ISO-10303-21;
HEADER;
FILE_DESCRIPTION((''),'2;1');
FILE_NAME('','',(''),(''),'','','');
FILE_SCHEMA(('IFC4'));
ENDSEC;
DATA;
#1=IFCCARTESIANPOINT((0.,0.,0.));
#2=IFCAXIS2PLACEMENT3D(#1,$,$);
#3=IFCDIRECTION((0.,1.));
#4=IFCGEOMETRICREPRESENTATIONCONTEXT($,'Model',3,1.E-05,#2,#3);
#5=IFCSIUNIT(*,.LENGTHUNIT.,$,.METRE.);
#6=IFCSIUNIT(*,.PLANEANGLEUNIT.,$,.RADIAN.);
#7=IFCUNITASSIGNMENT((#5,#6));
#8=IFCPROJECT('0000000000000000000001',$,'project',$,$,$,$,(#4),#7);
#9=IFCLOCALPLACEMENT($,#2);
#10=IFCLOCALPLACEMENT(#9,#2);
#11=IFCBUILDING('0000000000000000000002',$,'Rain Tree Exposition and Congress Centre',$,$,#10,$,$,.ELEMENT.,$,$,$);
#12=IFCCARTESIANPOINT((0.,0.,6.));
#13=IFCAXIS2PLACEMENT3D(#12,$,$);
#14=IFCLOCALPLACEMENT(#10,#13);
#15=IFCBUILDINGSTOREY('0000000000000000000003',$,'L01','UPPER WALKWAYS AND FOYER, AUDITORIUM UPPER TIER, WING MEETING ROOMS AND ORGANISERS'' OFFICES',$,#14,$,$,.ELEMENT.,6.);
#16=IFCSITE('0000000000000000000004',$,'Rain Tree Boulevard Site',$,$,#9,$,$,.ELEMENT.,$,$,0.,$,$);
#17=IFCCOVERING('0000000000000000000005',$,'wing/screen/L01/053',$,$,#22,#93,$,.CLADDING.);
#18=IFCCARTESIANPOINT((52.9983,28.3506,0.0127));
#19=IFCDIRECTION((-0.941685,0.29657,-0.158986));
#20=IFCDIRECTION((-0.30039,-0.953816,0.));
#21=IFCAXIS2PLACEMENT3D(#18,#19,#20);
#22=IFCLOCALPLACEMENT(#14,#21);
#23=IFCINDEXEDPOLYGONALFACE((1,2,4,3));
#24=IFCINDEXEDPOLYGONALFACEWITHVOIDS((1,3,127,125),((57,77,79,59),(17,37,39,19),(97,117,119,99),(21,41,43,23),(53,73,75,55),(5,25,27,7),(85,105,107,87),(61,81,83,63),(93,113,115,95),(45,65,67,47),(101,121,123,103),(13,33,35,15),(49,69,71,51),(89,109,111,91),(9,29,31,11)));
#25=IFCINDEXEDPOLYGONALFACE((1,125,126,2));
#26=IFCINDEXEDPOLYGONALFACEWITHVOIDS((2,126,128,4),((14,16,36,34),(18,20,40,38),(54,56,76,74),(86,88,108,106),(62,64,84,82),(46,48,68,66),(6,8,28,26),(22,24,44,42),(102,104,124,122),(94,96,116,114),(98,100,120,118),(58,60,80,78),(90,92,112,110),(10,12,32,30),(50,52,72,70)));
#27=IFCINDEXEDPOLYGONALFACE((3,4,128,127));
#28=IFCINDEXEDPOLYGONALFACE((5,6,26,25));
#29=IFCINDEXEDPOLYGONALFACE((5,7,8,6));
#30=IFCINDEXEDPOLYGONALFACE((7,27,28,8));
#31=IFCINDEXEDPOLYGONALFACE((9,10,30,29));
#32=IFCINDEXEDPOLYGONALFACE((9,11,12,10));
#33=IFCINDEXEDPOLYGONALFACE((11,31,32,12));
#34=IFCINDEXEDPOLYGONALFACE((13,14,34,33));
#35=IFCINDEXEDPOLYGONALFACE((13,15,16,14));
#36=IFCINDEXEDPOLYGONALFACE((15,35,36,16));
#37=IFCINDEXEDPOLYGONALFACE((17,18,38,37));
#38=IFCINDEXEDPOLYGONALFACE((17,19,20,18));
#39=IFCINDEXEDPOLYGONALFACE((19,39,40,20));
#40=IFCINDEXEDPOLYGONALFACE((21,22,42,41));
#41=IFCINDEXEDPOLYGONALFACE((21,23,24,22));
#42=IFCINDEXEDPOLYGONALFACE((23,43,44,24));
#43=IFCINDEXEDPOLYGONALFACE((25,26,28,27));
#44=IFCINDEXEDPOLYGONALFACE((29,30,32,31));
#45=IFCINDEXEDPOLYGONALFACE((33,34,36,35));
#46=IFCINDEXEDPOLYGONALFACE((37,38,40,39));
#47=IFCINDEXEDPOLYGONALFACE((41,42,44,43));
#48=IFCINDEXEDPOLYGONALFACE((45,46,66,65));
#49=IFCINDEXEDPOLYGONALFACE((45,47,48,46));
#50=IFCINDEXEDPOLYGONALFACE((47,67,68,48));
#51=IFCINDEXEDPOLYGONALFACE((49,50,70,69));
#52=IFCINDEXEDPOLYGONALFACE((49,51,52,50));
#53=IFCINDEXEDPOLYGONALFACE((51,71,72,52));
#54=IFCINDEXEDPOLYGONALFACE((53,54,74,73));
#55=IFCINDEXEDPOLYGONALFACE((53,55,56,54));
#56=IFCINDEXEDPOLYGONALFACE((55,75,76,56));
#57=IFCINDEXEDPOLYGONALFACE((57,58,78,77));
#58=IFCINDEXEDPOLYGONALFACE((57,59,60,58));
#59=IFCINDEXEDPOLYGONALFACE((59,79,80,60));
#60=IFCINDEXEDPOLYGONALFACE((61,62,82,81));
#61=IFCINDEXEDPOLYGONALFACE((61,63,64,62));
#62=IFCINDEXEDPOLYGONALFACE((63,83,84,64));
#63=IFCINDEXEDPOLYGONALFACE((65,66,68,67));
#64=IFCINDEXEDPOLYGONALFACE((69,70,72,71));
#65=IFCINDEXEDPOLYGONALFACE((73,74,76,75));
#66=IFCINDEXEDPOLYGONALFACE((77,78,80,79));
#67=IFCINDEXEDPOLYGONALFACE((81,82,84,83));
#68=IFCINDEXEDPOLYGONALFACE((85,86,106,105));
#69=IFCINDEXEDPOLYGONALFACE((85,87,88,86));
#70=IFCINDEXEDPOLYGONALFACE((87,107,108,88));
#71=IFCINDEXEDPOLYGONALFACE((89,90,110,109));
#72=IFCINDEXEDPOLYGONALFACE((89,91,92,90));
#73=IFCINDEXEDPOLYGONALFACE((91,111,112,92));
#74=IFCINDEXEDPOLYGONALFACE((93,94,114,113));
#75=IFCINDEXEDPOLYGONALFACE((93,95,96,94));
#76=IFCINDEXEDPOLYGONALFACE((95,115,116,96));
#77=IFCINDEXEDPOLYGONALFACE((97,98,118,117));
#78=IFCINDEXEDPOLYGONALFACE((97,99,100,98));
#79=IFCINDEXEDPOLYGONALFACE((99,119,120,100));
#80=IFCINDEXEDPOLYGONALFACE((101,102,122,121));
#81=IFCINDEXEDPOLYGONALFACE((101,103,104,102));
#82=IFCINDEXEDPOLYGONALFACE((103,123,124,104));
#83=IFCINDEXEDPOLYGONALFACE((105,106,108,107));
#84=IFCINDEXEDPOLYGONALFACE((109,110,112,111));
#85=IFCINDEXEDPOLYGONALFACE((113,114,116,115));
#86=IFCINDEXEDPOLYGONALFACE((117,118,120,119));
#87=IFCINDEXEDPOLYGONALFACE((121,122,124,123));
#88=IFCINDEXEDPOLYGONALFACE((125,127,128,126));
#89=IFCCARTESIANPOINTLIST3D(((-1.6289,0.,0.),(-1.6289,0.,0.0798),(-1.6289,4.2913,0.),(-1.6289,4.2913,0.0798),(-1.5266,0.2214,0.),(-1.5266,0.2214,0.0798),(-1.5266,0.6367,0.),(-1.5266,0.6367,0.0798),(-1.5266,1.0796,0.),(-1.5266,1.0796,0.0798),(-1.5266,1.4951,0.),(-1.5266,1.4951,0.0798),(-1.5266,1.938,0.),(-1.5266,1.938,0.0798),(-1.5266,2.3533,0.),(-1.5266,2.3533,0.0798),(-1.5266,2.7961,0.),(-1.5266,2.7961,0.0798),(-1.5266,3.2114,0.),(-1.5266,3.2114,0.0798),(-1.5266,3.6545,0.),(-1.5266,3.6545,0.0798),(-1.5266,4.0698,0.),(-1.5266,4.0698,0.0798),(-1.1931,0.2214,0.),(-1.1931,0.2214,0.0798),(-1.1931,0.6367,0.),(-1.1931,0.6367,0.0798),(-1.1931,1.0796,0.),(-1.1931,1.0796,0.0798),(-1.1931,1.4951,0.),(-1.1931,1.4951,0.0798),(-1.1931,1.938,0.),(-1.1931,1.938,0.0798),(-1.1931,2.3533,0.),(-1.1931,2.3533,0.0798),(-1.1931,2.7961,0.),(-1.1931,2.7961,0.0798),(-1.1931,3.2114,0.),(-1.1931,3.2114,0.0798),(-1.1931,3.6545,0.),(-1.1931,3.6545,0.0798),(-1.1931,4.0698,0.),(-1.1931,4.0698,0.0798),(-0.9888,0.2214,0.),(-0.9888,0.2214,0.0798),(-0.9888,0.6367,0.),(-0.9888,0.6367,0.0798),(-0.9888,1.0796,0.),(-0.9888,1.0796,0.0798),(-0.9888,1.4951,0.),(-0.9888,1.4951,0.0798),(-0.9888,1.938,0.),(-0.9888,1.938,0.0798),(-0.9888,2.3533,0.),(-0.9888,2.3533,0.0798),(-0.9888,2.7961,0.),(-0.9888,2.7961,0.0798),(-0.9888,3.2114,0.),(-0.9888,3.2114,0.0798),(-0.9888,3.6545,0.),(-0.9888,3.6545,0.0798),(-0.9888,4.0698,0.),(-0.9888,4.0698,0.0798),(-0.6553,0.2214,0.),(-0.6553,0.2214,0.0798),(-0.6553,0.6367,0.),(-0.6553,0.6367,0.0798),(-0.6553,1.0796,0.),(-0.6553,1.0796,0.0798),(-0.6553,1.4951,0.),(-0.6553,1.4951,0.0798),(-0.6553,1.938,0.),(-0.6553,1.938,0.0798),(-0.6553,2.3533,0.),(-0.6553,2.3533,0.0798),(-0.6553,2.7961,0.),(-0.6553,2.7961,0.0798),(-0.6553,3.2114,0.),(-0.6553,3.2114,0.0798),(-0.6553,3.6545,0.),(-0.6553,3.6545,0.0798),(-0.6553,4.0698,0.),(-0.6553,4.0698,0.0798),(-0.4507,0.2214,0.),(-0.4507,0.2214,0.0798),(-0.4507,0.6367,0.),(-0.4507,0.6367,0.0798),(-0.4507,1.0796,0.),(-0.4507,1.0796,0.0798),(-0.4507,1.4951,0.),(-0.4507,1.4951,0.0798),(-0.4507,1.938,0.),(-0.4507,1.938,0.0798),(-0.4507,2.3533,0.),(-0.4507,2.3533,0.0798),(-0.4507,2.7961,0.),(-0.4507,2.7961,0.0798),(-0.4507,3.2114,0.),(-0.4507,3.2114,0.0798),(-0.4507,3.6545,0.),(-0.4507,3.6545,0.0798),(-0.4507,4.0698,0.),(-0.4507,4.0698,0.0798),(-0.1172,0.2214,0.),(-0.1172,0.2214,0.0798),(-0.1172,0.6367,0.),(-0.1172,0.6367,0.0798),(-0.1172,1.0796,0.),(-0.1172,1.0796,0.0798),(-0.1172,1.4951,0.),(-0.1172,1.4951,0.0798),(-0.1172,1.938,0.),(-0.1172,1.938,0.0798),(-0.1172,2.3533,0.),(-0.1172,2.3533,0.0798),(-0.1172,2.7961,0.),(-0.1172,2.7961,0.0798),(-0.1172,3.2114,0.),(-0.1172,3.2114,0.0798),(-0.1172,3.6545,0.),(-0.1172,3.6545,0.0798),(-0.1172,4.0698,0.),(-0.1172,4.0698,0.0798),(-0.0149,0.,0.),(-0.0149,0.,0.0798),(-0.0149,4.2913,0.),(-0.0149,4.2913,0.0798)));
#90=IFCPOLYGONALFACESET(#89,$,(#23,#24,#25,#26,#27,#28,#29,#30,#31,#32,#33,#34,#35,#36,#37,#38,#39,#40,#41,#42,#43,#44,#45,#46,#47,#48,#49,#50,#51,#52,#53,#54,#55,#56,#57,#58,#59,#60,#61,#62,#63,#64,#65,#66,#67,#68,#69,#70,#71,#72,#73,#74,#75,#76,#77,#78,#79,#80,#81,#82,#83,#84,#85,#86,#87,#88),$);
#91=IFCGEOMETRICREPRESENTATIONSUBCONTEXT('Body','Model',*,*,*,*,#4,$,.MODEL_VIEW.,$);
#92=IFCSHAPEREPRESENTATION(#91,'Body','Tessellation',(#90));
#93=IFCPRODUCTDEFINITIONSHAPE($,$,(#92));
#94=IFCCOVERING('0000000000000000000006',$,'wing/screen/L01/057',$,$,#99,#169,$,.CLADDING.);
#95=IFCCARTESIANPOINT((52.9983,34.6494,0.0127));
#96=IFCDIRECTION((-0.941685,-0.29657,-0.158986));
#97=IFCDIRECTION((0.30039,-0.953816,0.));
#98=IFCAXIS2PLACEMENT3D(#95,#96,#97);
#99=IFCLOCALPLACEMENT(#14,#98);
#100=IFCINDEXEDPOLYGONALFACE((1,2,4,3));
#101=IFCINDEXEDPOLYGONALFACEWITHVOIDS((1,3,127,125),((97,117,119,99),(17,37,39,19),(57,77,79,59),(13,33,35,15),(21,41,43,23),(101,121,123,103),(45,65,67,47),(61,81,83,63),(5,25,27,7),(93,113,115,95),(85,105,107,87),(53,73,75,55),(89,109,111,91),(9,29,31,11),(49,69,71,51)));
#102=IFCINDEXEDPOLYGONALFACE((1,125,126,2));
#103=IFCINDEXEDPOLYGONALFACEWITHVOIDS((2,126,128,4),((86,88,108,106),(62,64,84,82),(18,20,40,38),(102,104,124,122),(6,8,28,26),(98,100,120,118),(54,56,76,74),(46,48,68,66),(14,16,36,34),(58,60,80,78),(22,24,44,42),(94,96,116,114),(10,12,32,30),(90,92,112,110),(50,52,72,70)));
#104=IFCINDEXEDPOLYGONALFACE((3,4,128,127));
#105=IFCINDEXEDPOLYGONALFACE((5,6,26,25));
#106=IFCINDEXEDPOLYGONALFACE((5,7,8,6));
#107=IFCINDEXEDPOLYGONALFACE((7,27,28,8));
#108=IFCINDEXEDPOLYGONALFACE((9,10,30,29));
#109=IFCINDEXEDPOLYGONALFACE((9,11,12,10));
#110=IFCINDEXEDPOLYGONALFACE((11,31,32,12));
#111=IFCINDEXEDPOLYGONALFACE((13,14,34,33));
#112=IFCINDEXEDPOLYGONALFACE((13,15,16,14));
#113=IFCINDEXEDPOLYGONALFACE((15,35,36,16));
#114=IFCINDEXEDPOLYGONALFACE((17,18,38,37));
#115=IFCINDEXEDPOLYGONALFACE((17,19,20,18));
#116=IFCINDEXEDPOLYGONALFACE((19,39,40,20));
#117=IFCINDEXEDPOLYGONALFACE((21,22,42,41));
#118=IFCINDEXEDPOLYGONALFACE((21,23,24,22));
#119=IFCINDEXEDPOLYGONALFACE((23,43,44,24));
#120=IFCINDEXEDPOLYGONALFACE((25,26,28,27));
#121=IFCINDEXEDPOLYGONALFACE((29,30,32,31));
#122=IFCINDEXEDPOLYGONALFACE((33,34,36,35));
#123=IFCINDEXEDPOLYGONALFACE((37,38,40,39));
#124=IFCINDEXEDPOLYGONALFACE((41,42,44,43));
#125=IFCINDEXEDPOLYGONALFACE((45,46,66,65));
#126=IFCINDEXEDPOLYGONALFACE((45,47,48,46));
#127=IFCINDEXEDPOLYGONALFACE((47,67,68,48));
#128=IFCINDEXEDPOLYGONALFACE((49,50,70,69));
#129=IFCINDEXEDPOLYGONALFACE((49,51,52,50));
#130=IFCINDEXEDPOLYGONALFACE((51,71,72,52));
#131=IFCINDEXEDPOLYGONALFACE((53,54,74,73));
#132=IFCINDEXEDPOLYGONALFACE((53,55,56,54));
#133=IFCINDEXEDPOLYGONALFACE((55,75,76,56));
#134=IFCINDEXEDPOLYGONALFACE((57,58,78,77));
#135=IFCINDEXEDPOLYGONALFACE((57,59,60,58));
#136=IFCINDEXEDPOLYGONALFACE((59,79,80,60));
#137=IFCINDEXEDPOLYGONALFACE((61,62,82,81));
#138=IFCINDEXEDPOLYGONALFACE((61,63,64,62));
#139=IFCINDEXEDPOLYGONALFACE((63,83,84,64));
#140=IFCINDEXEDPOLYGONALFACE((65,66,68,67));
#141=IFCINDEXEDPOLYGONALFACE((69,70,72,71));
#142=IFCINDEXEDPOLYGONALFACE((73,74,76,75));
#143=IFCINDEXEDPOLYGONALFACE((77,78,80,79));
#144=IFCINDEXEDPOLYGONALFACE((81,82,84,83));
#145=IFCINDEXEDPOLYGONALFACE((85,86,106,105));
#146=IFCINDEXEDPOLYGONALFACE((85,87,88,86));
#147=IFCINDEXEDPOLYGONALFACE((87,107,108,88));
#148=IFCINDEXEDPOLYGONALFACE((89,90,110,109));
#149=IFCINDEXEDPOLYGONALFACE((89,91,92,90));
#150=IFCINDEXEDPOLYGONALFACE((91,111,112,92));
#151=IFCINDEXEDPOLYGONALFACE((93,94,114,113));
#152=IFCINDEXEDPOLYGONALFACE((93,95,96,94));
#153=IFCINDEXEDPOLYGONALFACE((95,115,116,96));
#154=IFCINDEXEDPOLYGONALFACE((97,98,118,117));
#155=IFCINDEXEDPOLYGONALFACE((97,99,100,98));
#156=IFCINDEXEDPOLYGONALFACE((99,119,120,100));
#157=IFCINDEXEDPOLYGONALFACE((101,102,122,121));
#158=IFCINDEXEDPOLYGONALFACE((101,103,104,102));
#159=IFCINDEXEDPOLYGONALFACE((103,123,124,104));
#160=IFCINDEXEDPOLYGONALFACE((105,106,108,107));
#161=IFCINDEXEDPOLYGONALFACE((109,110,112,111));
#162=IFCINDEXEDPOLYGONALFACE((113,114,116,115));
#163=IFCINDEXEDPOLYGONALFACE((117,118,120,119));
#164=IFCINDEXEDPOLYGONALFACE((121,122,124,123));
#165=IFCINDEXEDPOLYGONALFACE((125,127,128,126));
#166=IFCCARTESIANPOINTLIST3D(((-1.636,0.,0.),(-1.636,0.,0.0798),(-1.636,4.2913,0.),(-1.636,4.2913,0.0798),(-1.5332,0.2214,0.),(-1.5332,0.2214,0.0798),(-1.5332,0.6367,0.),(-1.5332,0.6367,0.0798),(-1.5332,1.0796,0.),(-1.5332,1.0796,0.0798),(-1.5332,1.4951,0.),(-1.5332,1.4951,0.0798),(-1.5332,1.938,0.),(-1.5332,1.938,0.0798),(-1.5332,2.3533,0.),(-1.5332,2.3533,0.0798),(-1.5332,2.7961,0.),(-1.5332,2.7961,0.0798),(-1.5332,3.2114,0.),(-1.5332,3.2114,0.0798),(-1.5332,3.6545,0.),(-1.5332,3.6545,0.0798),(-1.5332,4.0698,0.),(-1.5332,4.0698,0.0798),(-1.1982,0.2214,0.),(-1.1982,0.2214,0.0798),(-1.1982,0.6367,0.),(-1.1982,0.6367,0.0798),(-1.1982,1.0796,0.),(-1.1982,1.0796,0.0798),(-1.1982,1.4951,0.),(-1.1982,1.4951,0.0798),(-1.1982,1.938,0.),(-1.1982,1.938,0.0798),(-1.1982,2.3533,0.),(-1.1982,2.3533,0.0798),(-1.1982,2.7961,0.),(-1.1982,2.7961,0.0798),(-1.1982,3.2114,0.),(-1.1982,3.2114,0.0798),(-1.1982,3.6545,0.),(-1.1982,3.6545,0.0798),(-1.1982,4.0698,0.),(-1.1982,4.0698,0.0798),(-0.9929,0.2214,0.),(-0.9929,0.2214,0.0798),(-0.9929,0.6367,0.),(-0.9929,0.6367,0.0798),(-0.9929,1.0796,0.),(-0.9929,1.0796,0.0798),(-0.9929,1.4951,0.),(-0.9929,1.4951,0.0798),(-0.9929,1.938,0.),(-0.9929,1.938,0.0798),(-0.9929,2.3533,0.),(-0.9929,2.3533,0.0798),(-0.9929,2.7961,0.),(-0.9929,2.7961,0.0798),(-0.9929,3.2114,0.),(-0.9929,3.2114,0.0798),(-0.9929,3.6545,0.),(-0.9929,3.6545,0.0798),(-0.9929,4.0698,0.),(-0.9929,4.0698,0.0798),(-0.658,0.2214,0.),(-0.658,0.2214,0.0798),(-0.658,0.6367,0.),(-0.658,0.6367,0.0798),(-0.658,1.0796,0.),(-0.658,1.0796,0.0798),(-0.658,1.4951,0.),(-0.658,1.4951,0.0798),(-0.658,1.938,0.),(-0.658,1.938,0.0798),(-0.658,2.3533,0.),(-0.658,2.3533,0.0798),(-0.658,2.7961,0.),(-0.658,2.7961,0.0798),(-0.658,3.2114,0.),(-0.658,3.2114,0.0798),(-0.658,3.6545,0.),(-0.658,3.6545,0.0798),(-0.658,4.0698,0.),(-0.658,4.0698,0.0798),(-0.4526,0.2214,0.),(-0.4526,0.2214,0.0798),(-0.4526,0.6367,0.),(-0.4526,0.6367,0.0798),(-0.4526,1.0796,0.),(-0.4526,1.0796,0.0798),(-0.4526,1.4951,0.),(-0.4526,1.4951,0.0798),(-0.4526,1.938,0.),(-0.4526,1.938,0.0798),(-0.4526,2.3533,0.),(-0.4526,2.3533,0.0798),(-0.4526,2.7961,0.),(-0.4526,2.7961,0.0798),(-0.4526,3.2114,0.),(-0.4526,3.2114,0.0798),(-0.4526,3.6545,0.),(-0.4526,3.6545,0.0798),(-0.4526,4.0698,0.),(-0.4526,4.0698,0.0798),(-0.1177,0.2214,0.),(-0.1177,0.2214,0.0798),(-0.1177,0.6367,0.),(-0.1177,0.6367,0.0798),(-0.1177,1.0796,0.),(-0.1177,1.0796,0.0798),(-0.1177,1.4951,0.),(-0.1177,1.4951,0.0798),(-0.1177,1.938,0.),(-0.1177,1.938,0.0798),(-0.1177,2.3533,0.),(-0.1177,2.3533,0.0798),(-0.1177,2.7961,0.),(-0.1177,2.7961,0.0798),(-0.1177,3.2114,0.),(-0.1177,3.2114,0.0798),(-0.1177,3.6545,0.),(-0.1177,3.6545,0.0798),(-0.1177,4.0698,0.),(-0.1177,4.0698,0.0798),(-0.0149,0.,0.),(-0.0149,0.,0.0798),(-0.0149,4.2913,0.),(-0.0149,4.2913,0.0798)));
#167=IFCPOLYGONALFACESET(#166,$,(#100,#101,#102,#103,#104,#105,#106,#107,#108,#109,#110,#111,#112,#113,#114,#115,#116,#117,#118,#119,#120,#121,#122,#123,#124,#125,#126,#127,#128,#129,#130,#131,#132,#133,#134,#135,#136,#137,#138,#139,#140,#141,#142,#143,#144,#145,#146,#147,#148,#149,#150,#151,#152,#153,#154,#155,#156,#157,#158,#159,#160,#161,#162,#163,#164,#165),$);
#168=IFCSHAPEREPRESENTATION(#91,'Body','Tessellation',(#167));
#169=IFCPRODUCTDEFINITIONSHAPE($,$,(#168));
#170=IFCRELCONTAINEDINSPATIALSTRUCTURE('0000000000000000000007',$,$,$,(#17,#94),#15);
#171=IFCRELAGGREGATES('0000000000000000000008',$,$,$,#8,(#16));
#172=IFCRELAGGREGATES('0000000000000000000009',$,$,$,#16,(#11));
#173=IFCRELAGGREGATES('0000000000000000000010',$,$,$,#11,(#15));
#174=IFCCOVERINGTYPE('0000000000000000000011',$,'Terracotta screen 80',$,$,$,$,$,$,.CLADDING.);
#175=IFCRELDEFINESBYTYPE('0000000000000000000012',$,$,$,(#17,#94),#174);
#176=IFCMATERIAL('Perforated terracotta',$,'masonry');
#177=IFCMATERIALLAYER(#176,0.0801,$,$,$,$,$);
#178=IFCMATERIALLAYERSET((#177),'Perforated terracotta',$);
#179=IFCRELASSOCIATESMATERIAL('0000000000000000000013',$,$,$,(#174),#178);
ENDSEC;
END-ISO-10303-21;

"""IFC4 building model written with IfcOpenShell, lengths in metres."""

from ifc_helpers import new_model, si_unit, direction, frame, origin, place, context, subcontext, project, spatial, polyline, outline, extrude, material, layer, layer_set, type_object, element, save


model = new_model("IFC4")

# Units and contexts
model_context = context("Model", 3, precision=1e-05, world=origin(), true_north=direction((0.0, 1.0)))
body_context = subcontext(model_context, "Body", "Model", "MODEL_VIEW")
ifc_project = project(units=[si_unit("LENGTHUNIT", "METRE"), si_unit("PLANEANGLEUNIT", "RADIAN")], contexts=[model_context])

# Site, building, storey
site_placement = place(None, origin())
site = spatial("IfcSite", under=ifc_project, at=site_placement, Name="Rain Tree Boulevard Site", CompositionType="ELEMENT", RefElevation=0.0)
building_placement = place(site_placement, origin())
building = spatial("IfcBuilding", under=site, at=building_placement, Name="Rain Tree Exposition and Congress Centre", CompositionType="ELEMENT")
storey_placement = place(building_placement, frame((0.0, 0.0, 6.0)))
storey = spatial("IfcBuildingStorey", under=building, at=storey_placement, Name="L01", Description="UPPER WALKWAYS AND FOYER, AUDITORIUM UPPER TIER, WING MEETING ROOMS AND ORGANISERS' OFFICES", CompositionType="ELEMENT", Elevation=6.0)

# Coverings
ifc_material_1 = material(Name="Perforated terracotta", Category="masonry")
ifc_layer = layer(ifc_material_1, 0.0801)
ifc_layer_set = layer_set([ifc_layer], Name="Perforated terracotta")
covering_type = type_object("IfcCoveringType", Name="Terracotta screen 80", PredefinedType="CLADDING", material=ifc_layer_set)
covering_1_placement = place(storey_placement, frame((52.9983, 28.3506, 0.0127), z_axis=(-0.941685, 0.29657, -0.158986), x_axis=(-0.30039, -0.953816, 0.0)))
element("IfcCovering", 1, at=covering_1_placement, inside=storey, type_object=covering_type, Name="wing/screen/L01/053", PredefinedType="CLADDING", context=body_context, shape_type="SweptSolid", body=[
    extrude(outline(polyline([(-1.6289, 0.0), (-1.6289, 4.2913), (-0.0149, 4.2913), (-0.0149, 0.0), (-1.6289, 0.0)]), holes=[polyline([(-0.1172, 0.2214), (-0.1172, 0.6367), (-0.4507, 0.6367), (-0.4507, 0.2214), (-0.1172, 0.2214)]), polyline([(-0.1172, 1.0796), (-0.1172, 1.4951), (-0.4507, 1.4951), (-0.4507, 1.0796), (-0.1172, 1.0796)]), polyline([(-0.1172, 1.938), (-0.1172, 2.3533), (-0.4507, 2.3533), (-0.4507, 1.938), (-0.1172, 1.938)]), polyline([(-0.1172, 2.7961), (-0.1172, 3.2114), (-0.4507, 3.2114), (-0.4507, 2.7961), (-0.1172, 2.7961)]), polyline([(-0.1172, 3.6545), (-0.1172, 4.0698), (-0.4507, 4.0698), (-0.4507, 3.6545), (-0.1172, 3.6545)]), polyline([(-0.6553, 0.2214), (-0.6553, 0.6367), (-0.9888, 0.6367), (-0.9888, 0.2214), (-0.6553, 0.2214)]), polyline([(-0.6553, 1.0796), (-0.6553, 1.4951), (-0.9888, 1.4951), (-0.9888, 1.0796), (-0.6553, 1.0796)]), polyline([(-0.6553, 1.938), (-0.6553, 2.3533), (-0.9888, 2.3533), (-0.9888, 1.938), (-0.6553, 1.938)]), polyline([(-0.6553, 2.7961), (-0.6553, 3.2114), (-0.9888, 3.2114), (-0.9888, 2.7961), (-0.6553, 2.7961)]), polyline([(-0.6553, 3.6545), (-0.6553, 4.0698), (-0.9888, 4.0698), (-0.9888, 3.6545), (-0.6553, 3.6545)]), polyline([(-1.1931, 0.2214), (-1.1931, 0.6367), (-1.5266, 0.6367), (-1.5266, 0.2214), (-1.1931, 0.2214)]), polyline([(-1.1931, 1.0796), (-1.1931, 1.4951), (-1.5266, 1.4951), (-1.5266, 1.0796), (-1.1931, 1.0796)]), polyline([(-1.1931, 1.938), (-1.1931, 2.3533), (-1.5266, 2.3533), (-1.5266, 1.938), (-1.1931, 1.938)]), polyline([(-1.1931, 2.7961), (-1.1931, 3.2114), (-1.5266, 3.2114), (-1.5266, 2.7961), (-1.1931, 2.7961)]), polyline([(-1.1931, 3.6545), (-1.1931, 4.0698), (-1.5266, 4.0698), (-1.5266, 3.6545), (-1.1931, 3.6545)])]), origin(), (0.0, 0.0, 1.0), 0.0798),
])
covering_2_placement = place(storey_placement, frame((52.9983, 34.6494, 0.0127), z_axis=(-0.941685, -0.29657, -0.158986), x_axis=(0.30039, -0.953816, 0.0)))
element("IfcCovering", 2, at=covering_2_placement, inside=storey, type_object=covering_type, Name="wing/screen/L01/057", PredefinedType="CLADDING", context=body_context, shape_type="SweptSolid", body=[
    extrude(outline(polyline([(-1.636, 0.0), (-1.636, 4.2913), (-0.0149, 4.2913), (-0.0149, 0.0), (-1.636, 0.0)]), holes=[polyline([(-0.1177, 0.2214), (-0.1177, 0.6367), (-0.4526, 0.6367), (-0.4526, 0.2214), (-0.1177, 0.2214)]), polyline([(-0.1177, 1.0796), (-0.1177, 1.4951), (-0.4526, 1.4951), (-0.4526, 1.0796), (-0.1177, 1.0796)]), polyline([(-0.1177, 1.938), (-0.1177, 2.3533), (-0.4526, 2.3533), (-0.4526, 1.938), (-0.1177, 1.938)]), polyline([(-0.1177, 2.7961), (-0.1177, 3.2114), (-0.4526, 3.2114), (-0.4526, 2.7961), (-0.1177, 2.7961)]), polyline([(-0.1177, 3.6545), (-0.1177, 4.0698), (-0.4526, 4.0698), (-0.4526, 3.6545), (-0.1177, 3.6545)]), polyline([(-0.658, 0.2214), (-0.658, 0.6367), (-0.9929, 0.6367), (-0.9929, 0.2214), (-0.658, 0.2214)]), polyline([(-0.658, 1.0796), (-0.658, 1.4951), (-0.9929, 1.4951), (-0.9929, 1.0796), (-0.658, 1.0796)]), polyline([(-0.658, 1.938), (-0.658, 2.3533), (-0.9929, 2.3533), (-0.9929, 1.938), (-0.658, 1.938)]), polyline([(-0.658, 2.7961), (-0.658, 3.2114), (-0.9929, 3.2114), (-0.9929, 2.7961), (-0.658, 2.7961)]), polyline([(-0.658, 3.6545), (-0.658, 4.0698), (-0.9929, 4.0698), (-0.9929, 3.6545), (-0.658, 3.6545)]), polyline([(-1.1982, 0.2214), (-1.1982, 0.6367), (-1.5332, 0.6367), (-1.5332, 0.2214), (-1.1982, 0.2214)]), polyline([(-1.1982, 1.0796), (-1.1982, 1.4951), (-1.5332, 1.4951), (-1.5332, 1.0796), (-1.1982, 1.0796)]), polyline([(-1.1982, 1.938), (-1.1982, 2.3533), (-1.5332, 2.3533), (-1.5332, 1.938), (-1.1982, 1.938)]), polyline([(-1.1982, 2.7961), (-1.1982, 3.2114), (-1.5332, 3.2114), (-1.5332, 2.7961), (-1.1982, 2.7961)]), polyline([(-1.1982, 3.6545), (-1.1982, 4.0698), (-1.5332, 4.0698), (-1.5332, 3.6545), (-1.1982, 3.6545)])]), origin(), (0.0, 0.0, 1.0), 0.0798),
])

save(model, "model.ifc")
